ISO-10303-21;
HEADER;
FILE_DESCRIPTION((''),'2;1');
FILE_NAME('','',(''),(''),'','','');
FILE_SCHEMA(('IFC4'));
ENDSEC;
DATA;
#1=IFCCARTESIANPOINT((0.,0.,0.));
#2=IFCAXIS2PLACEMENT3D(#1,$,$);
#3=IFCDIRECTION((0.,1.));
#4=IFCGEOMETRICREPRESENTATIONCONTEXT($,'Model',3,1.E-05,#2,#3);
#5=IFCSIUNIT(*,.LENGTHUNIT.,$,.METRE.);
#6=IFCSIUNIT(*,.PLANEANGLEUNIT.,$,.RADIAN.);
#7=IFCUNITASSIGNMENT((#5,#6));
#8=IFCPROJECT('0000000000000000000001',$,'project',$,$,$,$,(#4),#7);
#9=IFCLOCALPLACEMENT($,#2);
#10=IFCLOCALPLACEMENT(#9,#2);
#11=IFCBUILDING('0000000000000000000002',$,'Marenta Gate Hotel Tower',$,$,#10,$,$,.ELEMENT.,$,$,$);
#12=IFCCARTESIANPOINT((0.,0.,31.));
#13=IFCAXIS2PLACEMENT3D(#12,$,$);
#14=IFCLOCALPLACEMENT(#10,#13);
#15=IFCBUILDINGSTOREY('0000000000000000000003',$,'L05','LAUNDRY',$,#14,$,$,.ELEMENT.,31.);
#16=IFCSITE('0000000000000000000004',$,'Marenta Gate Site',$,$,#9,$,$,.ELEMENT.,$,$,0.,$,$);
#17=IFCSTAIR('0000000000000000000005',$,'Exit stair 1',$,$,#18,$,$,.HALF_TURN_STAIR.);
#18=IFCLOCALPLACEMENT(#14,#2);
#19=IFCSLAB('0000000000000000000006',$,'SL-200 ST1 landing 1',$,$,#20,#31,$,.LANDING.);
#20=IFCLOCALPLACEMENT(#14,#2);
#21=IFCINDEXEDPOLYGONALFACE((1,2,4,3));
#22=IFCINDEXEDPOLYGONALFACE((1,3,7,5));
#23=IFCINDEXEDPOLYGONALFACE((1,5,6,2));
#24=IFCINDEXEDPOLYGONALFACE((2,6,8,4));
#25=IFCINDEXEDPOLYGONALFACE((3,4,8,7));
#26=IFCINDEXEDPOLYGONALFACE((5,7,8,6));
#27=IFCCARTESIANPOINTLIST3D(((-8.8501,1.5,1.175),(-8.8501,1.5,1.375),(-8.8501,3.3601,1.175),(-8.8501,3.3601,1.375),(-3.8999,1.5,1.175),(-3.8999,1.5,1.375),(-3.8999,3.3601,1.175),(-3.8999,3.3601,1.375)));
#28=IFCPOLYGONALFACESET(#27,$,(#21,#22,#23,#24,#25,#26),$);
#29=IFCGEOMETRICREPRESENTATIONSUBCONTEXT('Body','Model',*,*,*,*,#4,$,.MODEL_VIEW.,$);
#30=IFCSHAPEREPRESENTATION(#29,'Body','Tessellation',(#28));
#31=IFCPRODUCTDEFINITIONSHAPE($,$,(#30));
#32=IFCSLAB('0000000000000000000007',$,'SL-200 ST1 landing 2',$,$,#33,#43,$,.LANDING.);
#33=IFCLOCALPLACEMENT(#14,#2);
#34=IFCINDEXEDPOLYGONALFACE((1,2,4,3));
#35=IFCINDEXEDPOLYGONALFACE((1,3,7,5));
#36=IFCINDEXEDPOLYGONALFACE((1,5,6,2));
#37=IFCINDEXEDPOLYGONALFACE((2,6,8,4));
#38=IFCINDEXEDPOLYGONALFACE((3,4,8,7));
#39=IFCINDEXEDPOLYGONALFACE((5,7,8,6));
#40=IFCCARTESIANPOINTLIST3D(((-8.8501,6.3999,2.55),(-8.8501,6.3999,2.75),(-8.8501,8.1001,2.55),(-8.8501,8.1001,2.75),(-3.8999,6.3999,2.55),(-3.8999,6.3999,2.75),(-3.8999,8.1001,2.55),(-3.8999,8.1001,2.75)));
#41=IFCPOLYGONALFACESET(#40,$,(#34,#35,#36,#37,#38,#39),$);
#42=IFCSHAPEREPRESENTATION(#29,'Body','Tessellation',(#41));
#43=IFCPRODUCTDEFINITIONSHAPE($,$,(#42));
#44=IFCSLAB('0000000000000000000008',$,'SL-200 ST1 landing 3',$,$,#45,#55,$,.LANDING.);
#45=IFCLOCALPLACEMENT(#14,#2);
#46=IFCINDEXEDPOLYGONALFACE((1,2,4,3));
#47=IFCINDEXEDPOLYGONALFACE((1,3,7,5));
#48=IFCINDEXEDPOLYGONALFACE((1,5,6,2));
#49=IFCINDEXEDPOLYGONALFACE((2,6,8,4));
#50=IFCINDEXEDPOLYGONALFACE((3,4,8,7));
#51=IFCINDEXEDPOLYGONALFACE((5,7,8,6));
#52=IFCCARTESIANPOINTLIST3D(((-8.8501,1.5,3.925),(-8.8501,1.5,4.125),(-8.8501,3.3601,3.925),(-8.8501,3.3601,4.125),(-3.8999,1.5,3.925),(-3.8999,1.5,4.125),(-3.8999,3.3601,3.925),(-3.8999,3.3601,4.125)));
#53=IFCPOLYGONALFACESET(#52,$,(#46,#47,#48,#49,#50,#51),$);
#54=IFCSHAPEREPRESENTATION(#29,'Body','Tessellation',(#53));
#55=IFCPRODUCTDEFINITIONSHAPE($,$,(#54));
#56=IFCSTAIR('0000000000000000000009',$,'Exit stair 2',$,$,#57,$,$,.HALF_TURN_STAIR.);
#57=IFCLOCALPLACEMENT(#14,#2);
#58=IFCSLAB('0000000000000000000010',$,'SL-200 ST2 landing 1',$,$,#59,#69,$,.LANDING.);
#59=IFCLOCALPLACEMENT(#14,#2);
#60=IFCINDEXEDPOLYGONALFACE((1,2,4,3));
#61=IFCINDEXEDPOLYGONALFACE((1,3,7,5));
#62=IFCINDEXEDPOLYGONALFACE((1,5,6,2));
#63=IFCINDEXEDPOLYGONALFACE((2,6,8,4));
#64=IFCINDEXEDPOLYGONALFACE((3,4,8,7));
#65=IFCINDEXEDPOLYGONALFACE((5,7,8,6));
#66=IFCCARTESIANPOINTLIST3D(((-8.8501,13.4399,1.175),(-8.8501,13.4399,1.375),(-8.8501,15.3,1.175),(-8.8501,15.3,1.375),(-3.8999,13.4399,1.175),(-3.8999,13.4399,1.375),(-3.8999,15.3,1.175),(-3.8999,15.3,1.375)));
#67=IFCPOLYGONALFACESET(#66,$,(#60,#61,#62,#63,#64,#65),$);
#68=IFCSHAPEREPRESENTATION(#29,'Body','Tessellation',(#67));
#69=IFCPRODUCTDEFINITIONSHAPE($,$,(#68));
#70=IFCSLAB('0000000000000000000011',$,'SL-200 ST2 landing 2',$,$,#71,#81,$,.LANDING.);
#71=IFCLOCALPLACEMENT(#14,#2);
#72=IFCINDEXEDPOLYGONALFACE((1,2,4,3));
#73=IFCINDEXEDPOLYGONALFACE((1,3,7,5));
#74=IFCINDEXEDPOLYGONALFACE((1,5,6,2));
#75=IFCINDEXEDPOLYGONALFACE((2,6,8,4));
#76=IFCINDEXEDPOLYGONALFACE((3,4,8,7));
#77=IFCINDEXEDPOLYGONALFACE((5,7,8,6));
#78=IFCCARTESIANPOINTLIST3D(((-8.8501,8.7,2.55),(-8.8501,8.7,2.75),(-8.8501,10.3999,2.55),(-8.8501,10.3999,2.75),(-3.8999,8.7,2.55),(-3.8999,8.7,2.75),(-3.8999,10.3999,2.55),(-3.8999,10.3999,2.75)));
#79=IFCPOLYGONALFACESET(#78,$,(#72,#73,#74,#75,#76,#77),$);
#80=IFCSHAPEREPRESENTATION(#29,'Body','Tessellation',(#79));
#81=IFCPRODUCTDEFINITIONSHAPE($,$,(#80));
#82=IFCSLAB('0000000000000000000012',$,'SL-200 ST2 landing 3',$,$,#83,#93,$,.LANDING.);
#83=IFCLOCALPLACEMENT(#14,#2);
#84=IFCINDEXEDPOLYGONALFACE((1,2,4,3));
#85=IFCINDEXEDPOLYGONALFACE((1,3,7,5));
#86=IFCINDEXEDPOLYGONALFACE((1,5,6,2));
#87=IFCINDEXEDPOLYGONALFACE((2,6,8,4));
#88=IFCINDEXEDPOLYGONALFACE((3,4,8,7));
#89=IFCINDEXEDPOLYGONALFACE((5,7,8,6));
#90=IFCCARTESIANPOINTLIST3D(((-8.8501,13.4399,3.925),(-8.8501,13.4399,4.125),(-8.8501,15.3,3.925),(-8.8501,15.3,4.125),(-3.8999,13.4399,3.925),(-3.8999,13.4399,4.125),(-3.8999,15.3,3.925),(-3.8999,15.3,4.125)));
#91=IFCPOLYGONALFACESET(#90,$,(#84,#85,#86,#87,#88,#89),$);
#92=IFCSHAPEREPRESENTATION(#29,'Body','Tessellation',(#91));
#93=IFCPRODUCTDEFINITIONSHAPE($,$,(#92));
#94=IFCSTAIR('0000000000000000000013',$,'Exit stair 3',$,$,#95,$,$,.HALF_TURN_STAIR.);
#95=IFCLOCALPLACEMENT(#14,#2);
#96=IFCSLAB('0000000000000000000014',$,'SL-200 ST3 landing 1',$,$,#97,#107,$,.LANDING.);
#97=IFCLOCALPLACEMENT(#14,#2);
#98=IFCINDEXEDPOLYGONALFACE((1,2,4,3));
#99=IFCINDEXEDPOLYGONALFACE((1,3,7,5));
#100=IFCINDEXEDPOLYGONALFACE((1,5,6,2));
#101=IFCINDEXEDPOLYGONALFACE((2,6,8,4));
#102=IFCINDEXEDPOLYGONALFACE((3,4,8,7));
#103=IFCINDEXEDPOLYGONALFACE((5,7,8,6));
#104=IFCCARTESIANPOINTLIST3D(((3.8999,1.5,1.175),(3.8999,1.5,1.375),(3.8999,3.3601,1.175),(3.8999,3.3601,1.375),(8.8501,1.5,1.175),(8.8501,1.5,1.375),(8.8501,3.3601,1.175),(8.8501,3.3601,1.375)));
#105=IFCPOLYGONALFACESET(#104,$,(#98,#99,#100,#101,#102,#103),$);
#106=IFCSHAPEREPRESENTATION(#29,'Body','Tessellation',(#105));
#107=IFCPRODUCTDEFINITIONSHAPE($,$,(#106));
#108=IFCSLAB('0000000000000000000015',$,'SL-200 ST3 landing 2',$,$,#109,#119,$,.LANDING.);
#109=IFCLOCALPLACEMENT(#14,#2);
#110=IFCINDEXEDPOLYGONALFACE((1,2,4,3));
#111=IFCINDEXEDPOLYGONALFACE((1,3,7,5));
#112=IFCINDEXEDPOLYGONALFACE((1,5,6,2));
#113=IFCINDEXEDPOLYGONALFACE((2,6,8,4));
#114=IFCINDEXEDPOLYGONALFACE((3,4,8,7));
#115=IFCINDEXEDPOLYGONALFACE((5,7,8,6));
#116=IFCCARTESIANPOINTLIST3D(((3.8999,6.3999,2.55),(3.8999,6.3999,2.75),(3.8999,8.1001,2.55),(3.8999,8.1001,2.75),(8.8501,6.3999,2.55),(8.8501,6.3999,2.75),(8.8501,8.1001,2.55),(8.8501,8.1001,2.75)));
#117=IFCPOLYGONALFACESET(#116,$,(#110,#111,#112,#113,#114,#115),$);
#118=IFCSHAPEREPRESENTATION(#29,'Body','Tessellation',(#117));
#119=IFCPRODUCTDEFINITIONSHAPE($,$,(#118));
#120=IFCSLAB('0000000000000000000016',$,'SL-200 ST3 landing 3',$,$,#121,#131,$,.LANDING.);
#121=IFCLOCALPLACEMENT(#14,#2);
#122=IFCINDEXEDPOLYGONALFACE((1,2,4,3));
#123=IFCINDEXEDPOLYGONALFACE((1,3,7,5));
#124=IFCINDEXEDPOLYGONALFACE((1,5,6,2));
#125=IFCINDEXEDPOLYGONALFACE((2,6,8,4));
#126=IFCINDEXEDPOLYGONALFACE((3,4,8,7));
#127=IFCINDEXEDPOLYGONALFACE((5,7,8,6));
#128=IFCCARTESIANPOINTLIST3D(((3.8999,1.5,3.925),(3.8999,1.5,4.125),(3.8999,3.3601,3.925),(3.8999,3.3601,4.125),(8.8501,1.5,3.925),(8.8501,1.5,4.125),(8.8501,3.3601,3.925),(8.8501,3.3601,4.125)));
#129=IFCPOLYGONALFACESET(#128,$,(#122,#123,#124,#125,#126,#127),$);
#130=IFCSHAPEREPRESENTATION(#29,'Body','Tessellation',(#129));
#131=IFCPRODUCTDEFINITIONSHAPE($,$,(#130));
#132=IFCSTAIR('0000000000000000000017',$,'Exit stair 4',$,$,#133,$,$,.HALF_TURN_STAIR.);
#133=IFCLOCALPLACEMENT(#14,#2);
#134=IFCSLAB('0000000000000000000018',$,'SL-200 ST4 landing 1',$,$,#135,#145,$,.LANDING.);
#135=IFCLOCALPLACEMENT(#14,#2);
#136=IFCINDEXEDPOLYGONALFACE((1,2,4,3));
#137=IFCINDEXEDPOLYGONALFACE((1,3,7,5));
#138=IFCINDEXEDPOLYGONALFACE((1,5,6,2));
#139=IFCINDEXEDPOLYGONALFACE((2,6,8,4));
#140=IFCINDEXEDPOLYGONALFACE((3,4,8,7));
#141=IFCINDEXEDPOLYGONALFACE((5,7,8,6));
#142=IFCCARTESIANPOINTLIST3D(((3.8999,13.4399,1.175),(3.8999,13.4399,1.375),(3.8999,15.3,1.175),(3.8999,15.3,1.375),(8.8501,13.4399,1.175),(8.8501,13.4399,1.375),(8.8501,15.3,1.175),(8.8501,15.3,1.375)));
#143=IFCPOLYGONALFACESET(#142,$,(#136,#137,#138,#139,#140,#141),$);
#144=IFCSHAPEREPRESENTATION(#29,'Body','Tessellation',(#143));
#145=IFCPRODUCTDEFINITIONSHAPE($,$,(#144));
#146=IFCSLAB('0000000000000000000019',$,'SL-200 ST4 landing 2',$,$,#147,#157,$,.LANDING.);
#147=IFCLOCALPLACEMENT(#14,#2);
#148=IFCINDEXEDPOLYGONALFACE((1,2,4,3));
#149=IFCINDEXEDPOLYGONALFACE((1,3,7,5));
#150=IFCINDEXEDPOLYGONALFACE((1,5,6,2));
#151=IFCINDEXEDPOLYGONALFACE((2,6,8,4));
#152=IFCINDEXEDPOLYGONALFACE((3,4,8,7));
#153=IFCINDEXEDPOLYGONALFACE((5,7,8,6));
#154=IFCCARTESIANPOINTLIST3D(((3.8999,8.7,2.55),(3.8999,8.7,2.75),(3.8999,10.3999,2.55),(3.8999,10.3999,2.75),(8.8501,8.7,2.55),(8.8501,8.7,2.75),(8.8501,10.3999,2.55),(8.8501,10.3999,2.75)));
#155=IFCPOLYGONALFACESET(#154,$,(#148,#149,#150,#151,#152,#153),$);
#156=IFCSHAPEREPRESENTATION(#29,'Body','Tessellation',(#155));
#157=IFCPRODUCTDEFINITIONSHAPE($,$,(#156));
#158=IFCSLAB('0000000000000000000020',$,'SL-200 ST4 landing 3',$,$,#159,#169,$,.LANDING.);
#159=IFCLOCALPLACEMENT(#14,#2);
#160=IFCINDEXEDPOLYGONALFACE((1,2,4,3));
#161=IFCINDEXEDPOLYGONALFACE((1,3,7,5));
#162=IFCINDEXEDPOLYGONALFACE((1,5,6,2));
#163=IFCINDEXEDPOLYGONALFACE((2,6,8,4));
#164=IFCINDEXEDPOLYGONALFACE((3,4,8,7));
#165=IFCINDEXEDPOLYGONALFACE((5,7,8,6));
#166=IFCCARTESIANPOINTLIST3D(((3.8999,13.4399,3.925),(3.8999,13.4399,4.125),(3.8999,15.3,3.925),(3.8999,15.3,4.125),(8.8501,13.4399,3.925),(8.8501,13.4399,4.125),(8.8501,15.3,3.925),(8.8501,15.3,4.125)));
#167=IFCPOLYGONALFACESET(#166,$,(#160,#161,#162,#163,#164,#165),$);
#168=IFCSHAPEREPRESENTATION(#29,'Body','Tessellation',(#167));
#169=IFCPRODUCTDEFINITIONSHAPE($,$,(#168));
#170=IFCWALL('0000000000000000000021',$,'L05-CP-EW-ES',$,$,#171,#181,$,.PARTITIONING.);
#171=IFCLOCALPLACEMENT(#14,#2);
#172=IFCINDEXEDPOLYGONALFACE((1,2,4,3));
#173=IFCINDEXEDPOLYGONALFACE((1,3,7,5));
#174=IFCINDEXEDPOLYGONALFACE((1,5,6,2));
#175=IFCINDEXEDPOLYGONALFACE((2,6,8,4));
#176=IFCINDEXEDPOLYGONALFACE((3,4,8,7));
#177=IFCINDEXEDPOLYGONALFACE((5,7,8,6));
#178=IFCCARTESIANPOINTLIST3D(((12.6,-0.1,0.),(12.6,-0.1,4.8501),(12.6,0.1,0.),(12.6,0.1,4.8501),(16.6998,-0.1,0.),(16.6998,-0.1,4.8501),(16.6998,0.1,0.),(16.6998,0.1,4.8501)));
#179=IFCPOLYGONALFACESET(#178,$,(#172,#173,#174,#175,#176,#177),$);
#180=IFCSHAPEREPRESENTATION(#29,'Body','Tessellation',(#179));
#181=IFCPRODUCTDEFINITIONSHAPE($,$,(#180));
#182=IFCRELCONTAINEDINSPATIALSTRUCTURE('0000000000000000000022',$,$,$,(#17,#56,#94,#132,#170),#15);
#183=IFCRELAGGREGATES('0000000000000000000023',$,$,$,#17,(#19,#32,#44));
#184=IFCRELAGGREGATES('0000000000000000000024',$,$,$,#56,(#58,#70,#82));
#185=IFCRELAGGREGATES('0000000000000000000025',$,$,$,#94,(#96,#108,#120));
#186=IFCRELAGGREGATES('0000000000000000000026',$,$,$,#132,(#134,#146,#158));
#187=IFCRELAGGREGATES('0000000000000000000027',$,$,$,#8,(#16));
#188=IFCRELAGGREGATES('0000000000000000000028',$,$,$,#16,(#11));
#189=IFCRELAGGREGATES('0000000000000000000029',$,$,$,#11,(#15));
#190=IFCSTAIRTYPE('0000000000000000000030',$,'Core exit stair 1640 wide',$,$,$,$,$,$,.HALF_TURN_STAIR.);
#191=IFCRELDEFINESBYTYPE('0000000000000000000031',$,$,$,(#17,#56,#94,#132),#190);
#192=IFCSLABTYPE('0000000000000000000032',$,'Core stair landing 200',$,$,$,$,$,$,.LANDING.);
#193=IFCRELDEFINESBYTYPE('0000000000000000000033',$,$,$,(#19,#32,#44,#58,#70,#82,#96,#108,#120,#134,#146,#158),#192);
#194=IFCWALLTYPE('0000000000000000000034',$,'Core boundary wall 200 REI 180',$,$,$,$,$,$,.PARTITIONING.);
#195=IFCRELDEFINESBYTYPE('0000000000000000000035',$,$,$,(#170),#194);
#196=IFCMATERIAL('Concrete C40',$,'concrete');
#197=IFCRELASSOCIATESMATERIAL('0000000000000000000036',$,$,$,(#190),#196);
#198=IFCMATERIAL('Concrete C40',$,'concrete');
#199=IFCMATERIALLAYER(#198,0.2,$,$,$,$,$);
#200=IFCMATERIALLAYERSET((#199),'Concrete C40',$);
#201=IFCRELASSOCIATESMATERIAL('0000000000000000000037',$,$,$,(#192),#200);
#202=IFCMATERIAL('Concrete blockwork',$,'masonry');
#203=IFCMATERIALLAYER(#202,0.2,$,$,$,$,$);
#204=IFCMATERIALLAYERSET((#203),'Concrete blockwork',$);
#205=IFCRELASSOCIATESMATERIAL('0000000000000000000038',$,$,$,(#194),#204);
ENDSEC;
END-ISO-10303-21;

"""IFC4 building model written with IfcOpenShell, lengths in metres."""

from ifc_helpers import new_model, si_unit, direction, frame, frame_2d, origin, place, context, subcontext, project, spatial, polyline, rectangle, outline, extrude, material, layer, layer_set, type_object, element, aggregate, save


model = new_model("IFC4")

# Units and contexts
model_context = context("Model", 3, precision=1e-05, world=origin(), true_north=direction((0.0, 1.0)))
body_context = subcontext(model_context, "Body", "Model", "MODEL_VIEW")
ifc_project = project(units=[si_unit("LENGTHUNIT", "METRE"), si_unit("PLANEANGLEUNIT", "RADIAN")], contexts=[model_context])

# Site, building, storey
site_placement = place(None, origin())
site = spatial("IfcSite", under=ifc_project, at=site_placement, Name="Marenta Gate Site", CompositionType="ELEMENT", RefElevation=0.0)
building_placement = place(site_placement, origin())
building = spatial("IfcBuilding", under=site, at=building_placement, Name="Marenta Gate Hotel Tower", CompositionType="ELEMENT")
storey_placement = place(building_placement, frame((0.0, 0.0, 31.0)))
storey = spatial("IfcBuildingStorey", under=building, at=storey_placement, Name="L05", Description="LAUNDRY", CompositionType="ELEMENT", Elevation=31.0)

# Stairs, slabs
ifc_material_1 = material(Name="Concrete C40", Category="concrete")
stair_type = type_object("IfcStairType", Name="Core exit stair 1640 wide", PredefinedType="HALF_TURN_STAIR", material=ifc_material_1)
stair_1_placement = place(storey_placement, origin())
stair_1 = element("IfcStair", 1, at=stair_1_placement, inside=storey, type_object=stair_type, Name="Exit stair 1", PredefinedType="HALF_TURN_STAIR")
ifc_material_2 = material(Name="Concrete C40", Category="concrete")
ifc_layer_1 = layer(ifc_material_2, 0.2)
ifc_layer_set_1 = layer_set([ifc_layer_1], Name="Concrete C40")
slab_type = type_object("IfcSlabType", Name="Core stair landing 200", PredefinedType="LANDING", material=ifc_layer_set_1)
slab_1_placement = place(storey_placement, frame((0.0, 0.0, 1.175)))
slab_1 = element("IfcSlab", 2, at=slab_1_placement, type_object=slab_type, Name="SL-200 ST1 landing 1", PredefinedType="LANDING", context=body_context, shape_type="SweptSolid", body=[
    extrude(outline(polyline([(-8.8501, 1.5), (-3.8999, 1.5), (-3.8999, 3.3601), (-8.8501, 3.3601), (-8.8501, 1.5)])), origin(), (0.0, 0.0, 1.0), 0.2),
])
slab_2_placement = place(storey_placement, frame((0.0, 0.0, 2.55)))
slab_2 = element("IfcSlab", 3, at=slab_2_placement, type_object=slab_type, Name="SL-200 ST1 landing 2", PredefinedType="LANDING", context=body_context, shape_type="SweptSolid", body=[
    extrude(outline(polyline([(-8.8501, 6.3999), (-3.8999, 6.3999), (-3.8999, 8.1001), (-8.8501, 8.1001), (-8.8501, 6.3999)])), origin(), (0.0, 0.0, 1.0), 0.2),
])
slab_3_placement = place(storey_placement, frame((0.0, 0.0, 3.925)))
slab_3 = element("IfcSlab", 4, at=slab_3_placement, type_object=slab_type, Name="SL-200 ST1 landing 3", PredefinedType="LANDING", context=body_context, shape_type="SweptSolid", body=[
    extrude(outline(polyline([(-8.8501, 1.5), (-3.8999, 1.5), (-3.8999, 3.3601), (-8.8501, 3.3601), (-8.8501, 1.5)])), origin(), (0.0, 0.0, 1.0), 0.2),
])
aggregate(stair_1, [slab_1, slab_2, slab_3])
stair_2_placement = place(storey_placement, origin())
stair_2 = element("IfcStair", 5, at=stair_2_placement, inside=storey, type_object=stair_type, Name="Exit stair 2", PredefinedType="HALF_TURN_STAIR")
slab_4_placement = place(storey_placement, frame((0.0, 0.0, 1.175)))
slab_4 = element("IfcSlab", 6, at=slab_4_placement, type_object=slab_type, Name="SL-200 ST2 landing 1", PredefinedType="LANDING", context=body_context, shape_type="SweptSolid", body=[
    extrude(outline(polyline([(-8.8501, 13.4399), (-3.8999, 13.4399), (-3.8999, 15.3), (-8.8501, 15.3), (-8.8501, 13.4399)])), origin(), (0.0, 0.0, 1.0), 0.2),
])
slab_5_placement = place(storey_placement, frame((0.0, 0.0, 2.55)))
slab_5 = element("IfcSlab", 7, at=slab_5_placement, type_object=slab_type, Name="SL-200 ST2 landing 2", PredefinedType="LANDING", context=body_context, shape_type="SweptSolid", body=[
    extrude(outline(polyline([(-8.8501, 8.7), (-3.8999, 8.7), (-3.8999, 10.3999), (-8.8501, 10.3999), (-8.8501, 8.7)])), origin(), (0.0, 0.0, 1.0), 0.2),
])
slab_6_placement = place(storey_placement, frame((0.0, 0.0, 3.925)))
slab_6 = element("IfcSlab", 8, at=slab_6_placement, type_object=slab_type, Name="SL-200 ST2 landing 3", PredefinedType="LANDING", context=body_context, shape_type="SweptSolid", body=[
    extrude(outline(polyline([(-8.8501, 13.4399), (-3.8999, 13.4399), (-3.8999, 15.3), (-8.8501, 15.3), (-8.8501, 13.4399)])), origin(), (0.0, 0.0, 1.0), 0.2),
])
aggregate(stair_2, [slab_4, slab_5, slab_6])
stair_3_placement = place(storey_placement, origin())
stair_3 = element("IfcStair", 9, at=stair_3_placement, inside=storey, type_object=stair_type, Name="Exit stair 3", PredefinedType="HALF_TURN_STAIR")
slab_7_placement = place(storey_placement, frame((0.0, 0.0, 1.175)))
slab_7 = element("IfcSlab", 10, at=slab_7_placement, type_object=slab_type, Name="SL-200 ST3 landing 1", PredefinedType="LANDING", context=body_context, shape_type="SweptSolid", body=[
    extrude(outline(polyline([(3.8999, 1.5), (8.8501, 1.5), (8.8501, 3.3601), (3.8999, 3.3601), (3.8999, 1.5)])), origin(), (0.0, 0.0, 1.0), 0.2),
])
slab_8_placement = place(storey_placement, frame((0.0, 0.0, 2.55)))
slab_8 = element("IfcSlab", 11, at=slab_8_placement, type_object=slab_type, Name="SL-200 ST3 landing 2", PredefinedType="LANDING", context=body_context, shape_type="SweptSolid", body=[
    extrude(outline(polyline([(3.8999, 6.3999), (8.8501, 6.3999), (8.8501, 8.1001), (3.8999, 8.1001), (3.8999, 6.3999)])), origin(), (0.0, 0.0, 1.0), 0.2),
])
slab_9_placement = place(storey_placement, frame((0.0, 0.0, 3.925)))
slab_9 = element("IfcSlab", 12, at=slab_9_placement, type_object=slab_type, Name="SL-200 ST3 landing 3", PredefinedType="LANDING", context=body_context, shape_type="SweptSolid", body=[
    extrude(outline(polyline([(3.8999, 1.5), (8.8501, 1.5), (8.8501, 3.3601), (3.8999, 3.3601), (3.8999, 1.5)])), origin(), (0.0, 0.0, 1.0), 0.2),
])
aggregate(stair_3, [slab_7, slab_8, slab_9])
stair_4_placement = place(storey_placement, origin())
stair_4 = element("IfcStair", 13, at=stair_4_placement, inside=storey, type_object=stair_type, Name="Exit stair 4", PredefinedType="HALF_TURN_STAIR")
slab_10_placement = place(storey_placement, frame((0.0, 0.0, 1.175)))
slab_10 = element("IfcSlab", 14, at=slab_10_placement, type_object=slab_type, Name="SL-200 ST4 landing 1", PredefinedType="LANDING", context=body_context, shape_type="SweptSolid", body=[
    extrude(outline(polyline([(3.8999, 13.4399), (8.8501, 13.4399), (8.8501, 15.3), (3.8999, 15.3), (3.8999, 13.4399)])), origin(), (0.0, 0.0, 1.0), 0.2),
])
slab_11_placement = place(storey_placement, frame((0.0, 0.0, 2.55)))
slab_11 = element("IfcSlab", 15, at=slab_11_placement, type_object=slab_type, Name="SL-200 ST4 landing 2", PredefinedType="LANDING", context=body_context, shape_type="SweptSolid", body=[
    extrude(outline(polyline([(3.8999, 8.7), (8.8501, 8.7), (8.8501, 10.3999), (3.8999, 10.3999), (3.8999, 8.7)])), origin(), (0.0, 0.0, 1.0), 0.2),
])
slab_12_placement = place(storey_placement, frame((0.0, 0.0, 3.925)))
slab_12 = element("IfcSlab", 16, at=slab_12_placement, type_object=slab_type, Name="SL-200 ST4 landing 3", PredefinedType="LANDING", context=body_context, shape_type="SweptSolid", body=[
    extrude(outline(polyline([(3.8999, 13.4399), (8.8501, 13.4399), (8.8501, 15.3), (3.8999, 15.3), (3.8999, 13.4399)])), origin(), (0.0, 0.0, 1.0), 0.2),
])
aggregate(stair_4, [slab_10, slab_11, slab_12])

# Wall
ifc_material_3 = material(Name="Concrete blockwork", Category="masonry")
ifc_layer_2 = layer(ifc_material_3, 0.2)
ifc_layer_set_2 = layer_set([ifc_layer_2], Name="Concrete blockwork")
wall_type_1 = type_object("IfcWallType", Name="Core boundary wall 200 REI 180", PredefinedType="PARTITIONING", material=ifc_layer_set_2)
wall_1_placement = place(storey_placement, frame((12.6001, 0.0, 0.0), z_axis=(0.0, 0.0, 1.0), x_axis=(1.0, 0.0, 0.0)))
element("IfcWall", 17, at=wall_1_placement, inside=storey, type_object=wall_type_1, Name="L05-CP-EW-ES", PredefinedType="PARTITIONING", context=body_context, shape_type="SweptSolid", body=[
    extrude(rectangle(XDim=4.0999, YDim=0.2, at=frame_2d((2.0498, 0.0))), origin(), (0.0, 0.0, 1.0), 4.8501),
])

save(model, "model.ifc")
